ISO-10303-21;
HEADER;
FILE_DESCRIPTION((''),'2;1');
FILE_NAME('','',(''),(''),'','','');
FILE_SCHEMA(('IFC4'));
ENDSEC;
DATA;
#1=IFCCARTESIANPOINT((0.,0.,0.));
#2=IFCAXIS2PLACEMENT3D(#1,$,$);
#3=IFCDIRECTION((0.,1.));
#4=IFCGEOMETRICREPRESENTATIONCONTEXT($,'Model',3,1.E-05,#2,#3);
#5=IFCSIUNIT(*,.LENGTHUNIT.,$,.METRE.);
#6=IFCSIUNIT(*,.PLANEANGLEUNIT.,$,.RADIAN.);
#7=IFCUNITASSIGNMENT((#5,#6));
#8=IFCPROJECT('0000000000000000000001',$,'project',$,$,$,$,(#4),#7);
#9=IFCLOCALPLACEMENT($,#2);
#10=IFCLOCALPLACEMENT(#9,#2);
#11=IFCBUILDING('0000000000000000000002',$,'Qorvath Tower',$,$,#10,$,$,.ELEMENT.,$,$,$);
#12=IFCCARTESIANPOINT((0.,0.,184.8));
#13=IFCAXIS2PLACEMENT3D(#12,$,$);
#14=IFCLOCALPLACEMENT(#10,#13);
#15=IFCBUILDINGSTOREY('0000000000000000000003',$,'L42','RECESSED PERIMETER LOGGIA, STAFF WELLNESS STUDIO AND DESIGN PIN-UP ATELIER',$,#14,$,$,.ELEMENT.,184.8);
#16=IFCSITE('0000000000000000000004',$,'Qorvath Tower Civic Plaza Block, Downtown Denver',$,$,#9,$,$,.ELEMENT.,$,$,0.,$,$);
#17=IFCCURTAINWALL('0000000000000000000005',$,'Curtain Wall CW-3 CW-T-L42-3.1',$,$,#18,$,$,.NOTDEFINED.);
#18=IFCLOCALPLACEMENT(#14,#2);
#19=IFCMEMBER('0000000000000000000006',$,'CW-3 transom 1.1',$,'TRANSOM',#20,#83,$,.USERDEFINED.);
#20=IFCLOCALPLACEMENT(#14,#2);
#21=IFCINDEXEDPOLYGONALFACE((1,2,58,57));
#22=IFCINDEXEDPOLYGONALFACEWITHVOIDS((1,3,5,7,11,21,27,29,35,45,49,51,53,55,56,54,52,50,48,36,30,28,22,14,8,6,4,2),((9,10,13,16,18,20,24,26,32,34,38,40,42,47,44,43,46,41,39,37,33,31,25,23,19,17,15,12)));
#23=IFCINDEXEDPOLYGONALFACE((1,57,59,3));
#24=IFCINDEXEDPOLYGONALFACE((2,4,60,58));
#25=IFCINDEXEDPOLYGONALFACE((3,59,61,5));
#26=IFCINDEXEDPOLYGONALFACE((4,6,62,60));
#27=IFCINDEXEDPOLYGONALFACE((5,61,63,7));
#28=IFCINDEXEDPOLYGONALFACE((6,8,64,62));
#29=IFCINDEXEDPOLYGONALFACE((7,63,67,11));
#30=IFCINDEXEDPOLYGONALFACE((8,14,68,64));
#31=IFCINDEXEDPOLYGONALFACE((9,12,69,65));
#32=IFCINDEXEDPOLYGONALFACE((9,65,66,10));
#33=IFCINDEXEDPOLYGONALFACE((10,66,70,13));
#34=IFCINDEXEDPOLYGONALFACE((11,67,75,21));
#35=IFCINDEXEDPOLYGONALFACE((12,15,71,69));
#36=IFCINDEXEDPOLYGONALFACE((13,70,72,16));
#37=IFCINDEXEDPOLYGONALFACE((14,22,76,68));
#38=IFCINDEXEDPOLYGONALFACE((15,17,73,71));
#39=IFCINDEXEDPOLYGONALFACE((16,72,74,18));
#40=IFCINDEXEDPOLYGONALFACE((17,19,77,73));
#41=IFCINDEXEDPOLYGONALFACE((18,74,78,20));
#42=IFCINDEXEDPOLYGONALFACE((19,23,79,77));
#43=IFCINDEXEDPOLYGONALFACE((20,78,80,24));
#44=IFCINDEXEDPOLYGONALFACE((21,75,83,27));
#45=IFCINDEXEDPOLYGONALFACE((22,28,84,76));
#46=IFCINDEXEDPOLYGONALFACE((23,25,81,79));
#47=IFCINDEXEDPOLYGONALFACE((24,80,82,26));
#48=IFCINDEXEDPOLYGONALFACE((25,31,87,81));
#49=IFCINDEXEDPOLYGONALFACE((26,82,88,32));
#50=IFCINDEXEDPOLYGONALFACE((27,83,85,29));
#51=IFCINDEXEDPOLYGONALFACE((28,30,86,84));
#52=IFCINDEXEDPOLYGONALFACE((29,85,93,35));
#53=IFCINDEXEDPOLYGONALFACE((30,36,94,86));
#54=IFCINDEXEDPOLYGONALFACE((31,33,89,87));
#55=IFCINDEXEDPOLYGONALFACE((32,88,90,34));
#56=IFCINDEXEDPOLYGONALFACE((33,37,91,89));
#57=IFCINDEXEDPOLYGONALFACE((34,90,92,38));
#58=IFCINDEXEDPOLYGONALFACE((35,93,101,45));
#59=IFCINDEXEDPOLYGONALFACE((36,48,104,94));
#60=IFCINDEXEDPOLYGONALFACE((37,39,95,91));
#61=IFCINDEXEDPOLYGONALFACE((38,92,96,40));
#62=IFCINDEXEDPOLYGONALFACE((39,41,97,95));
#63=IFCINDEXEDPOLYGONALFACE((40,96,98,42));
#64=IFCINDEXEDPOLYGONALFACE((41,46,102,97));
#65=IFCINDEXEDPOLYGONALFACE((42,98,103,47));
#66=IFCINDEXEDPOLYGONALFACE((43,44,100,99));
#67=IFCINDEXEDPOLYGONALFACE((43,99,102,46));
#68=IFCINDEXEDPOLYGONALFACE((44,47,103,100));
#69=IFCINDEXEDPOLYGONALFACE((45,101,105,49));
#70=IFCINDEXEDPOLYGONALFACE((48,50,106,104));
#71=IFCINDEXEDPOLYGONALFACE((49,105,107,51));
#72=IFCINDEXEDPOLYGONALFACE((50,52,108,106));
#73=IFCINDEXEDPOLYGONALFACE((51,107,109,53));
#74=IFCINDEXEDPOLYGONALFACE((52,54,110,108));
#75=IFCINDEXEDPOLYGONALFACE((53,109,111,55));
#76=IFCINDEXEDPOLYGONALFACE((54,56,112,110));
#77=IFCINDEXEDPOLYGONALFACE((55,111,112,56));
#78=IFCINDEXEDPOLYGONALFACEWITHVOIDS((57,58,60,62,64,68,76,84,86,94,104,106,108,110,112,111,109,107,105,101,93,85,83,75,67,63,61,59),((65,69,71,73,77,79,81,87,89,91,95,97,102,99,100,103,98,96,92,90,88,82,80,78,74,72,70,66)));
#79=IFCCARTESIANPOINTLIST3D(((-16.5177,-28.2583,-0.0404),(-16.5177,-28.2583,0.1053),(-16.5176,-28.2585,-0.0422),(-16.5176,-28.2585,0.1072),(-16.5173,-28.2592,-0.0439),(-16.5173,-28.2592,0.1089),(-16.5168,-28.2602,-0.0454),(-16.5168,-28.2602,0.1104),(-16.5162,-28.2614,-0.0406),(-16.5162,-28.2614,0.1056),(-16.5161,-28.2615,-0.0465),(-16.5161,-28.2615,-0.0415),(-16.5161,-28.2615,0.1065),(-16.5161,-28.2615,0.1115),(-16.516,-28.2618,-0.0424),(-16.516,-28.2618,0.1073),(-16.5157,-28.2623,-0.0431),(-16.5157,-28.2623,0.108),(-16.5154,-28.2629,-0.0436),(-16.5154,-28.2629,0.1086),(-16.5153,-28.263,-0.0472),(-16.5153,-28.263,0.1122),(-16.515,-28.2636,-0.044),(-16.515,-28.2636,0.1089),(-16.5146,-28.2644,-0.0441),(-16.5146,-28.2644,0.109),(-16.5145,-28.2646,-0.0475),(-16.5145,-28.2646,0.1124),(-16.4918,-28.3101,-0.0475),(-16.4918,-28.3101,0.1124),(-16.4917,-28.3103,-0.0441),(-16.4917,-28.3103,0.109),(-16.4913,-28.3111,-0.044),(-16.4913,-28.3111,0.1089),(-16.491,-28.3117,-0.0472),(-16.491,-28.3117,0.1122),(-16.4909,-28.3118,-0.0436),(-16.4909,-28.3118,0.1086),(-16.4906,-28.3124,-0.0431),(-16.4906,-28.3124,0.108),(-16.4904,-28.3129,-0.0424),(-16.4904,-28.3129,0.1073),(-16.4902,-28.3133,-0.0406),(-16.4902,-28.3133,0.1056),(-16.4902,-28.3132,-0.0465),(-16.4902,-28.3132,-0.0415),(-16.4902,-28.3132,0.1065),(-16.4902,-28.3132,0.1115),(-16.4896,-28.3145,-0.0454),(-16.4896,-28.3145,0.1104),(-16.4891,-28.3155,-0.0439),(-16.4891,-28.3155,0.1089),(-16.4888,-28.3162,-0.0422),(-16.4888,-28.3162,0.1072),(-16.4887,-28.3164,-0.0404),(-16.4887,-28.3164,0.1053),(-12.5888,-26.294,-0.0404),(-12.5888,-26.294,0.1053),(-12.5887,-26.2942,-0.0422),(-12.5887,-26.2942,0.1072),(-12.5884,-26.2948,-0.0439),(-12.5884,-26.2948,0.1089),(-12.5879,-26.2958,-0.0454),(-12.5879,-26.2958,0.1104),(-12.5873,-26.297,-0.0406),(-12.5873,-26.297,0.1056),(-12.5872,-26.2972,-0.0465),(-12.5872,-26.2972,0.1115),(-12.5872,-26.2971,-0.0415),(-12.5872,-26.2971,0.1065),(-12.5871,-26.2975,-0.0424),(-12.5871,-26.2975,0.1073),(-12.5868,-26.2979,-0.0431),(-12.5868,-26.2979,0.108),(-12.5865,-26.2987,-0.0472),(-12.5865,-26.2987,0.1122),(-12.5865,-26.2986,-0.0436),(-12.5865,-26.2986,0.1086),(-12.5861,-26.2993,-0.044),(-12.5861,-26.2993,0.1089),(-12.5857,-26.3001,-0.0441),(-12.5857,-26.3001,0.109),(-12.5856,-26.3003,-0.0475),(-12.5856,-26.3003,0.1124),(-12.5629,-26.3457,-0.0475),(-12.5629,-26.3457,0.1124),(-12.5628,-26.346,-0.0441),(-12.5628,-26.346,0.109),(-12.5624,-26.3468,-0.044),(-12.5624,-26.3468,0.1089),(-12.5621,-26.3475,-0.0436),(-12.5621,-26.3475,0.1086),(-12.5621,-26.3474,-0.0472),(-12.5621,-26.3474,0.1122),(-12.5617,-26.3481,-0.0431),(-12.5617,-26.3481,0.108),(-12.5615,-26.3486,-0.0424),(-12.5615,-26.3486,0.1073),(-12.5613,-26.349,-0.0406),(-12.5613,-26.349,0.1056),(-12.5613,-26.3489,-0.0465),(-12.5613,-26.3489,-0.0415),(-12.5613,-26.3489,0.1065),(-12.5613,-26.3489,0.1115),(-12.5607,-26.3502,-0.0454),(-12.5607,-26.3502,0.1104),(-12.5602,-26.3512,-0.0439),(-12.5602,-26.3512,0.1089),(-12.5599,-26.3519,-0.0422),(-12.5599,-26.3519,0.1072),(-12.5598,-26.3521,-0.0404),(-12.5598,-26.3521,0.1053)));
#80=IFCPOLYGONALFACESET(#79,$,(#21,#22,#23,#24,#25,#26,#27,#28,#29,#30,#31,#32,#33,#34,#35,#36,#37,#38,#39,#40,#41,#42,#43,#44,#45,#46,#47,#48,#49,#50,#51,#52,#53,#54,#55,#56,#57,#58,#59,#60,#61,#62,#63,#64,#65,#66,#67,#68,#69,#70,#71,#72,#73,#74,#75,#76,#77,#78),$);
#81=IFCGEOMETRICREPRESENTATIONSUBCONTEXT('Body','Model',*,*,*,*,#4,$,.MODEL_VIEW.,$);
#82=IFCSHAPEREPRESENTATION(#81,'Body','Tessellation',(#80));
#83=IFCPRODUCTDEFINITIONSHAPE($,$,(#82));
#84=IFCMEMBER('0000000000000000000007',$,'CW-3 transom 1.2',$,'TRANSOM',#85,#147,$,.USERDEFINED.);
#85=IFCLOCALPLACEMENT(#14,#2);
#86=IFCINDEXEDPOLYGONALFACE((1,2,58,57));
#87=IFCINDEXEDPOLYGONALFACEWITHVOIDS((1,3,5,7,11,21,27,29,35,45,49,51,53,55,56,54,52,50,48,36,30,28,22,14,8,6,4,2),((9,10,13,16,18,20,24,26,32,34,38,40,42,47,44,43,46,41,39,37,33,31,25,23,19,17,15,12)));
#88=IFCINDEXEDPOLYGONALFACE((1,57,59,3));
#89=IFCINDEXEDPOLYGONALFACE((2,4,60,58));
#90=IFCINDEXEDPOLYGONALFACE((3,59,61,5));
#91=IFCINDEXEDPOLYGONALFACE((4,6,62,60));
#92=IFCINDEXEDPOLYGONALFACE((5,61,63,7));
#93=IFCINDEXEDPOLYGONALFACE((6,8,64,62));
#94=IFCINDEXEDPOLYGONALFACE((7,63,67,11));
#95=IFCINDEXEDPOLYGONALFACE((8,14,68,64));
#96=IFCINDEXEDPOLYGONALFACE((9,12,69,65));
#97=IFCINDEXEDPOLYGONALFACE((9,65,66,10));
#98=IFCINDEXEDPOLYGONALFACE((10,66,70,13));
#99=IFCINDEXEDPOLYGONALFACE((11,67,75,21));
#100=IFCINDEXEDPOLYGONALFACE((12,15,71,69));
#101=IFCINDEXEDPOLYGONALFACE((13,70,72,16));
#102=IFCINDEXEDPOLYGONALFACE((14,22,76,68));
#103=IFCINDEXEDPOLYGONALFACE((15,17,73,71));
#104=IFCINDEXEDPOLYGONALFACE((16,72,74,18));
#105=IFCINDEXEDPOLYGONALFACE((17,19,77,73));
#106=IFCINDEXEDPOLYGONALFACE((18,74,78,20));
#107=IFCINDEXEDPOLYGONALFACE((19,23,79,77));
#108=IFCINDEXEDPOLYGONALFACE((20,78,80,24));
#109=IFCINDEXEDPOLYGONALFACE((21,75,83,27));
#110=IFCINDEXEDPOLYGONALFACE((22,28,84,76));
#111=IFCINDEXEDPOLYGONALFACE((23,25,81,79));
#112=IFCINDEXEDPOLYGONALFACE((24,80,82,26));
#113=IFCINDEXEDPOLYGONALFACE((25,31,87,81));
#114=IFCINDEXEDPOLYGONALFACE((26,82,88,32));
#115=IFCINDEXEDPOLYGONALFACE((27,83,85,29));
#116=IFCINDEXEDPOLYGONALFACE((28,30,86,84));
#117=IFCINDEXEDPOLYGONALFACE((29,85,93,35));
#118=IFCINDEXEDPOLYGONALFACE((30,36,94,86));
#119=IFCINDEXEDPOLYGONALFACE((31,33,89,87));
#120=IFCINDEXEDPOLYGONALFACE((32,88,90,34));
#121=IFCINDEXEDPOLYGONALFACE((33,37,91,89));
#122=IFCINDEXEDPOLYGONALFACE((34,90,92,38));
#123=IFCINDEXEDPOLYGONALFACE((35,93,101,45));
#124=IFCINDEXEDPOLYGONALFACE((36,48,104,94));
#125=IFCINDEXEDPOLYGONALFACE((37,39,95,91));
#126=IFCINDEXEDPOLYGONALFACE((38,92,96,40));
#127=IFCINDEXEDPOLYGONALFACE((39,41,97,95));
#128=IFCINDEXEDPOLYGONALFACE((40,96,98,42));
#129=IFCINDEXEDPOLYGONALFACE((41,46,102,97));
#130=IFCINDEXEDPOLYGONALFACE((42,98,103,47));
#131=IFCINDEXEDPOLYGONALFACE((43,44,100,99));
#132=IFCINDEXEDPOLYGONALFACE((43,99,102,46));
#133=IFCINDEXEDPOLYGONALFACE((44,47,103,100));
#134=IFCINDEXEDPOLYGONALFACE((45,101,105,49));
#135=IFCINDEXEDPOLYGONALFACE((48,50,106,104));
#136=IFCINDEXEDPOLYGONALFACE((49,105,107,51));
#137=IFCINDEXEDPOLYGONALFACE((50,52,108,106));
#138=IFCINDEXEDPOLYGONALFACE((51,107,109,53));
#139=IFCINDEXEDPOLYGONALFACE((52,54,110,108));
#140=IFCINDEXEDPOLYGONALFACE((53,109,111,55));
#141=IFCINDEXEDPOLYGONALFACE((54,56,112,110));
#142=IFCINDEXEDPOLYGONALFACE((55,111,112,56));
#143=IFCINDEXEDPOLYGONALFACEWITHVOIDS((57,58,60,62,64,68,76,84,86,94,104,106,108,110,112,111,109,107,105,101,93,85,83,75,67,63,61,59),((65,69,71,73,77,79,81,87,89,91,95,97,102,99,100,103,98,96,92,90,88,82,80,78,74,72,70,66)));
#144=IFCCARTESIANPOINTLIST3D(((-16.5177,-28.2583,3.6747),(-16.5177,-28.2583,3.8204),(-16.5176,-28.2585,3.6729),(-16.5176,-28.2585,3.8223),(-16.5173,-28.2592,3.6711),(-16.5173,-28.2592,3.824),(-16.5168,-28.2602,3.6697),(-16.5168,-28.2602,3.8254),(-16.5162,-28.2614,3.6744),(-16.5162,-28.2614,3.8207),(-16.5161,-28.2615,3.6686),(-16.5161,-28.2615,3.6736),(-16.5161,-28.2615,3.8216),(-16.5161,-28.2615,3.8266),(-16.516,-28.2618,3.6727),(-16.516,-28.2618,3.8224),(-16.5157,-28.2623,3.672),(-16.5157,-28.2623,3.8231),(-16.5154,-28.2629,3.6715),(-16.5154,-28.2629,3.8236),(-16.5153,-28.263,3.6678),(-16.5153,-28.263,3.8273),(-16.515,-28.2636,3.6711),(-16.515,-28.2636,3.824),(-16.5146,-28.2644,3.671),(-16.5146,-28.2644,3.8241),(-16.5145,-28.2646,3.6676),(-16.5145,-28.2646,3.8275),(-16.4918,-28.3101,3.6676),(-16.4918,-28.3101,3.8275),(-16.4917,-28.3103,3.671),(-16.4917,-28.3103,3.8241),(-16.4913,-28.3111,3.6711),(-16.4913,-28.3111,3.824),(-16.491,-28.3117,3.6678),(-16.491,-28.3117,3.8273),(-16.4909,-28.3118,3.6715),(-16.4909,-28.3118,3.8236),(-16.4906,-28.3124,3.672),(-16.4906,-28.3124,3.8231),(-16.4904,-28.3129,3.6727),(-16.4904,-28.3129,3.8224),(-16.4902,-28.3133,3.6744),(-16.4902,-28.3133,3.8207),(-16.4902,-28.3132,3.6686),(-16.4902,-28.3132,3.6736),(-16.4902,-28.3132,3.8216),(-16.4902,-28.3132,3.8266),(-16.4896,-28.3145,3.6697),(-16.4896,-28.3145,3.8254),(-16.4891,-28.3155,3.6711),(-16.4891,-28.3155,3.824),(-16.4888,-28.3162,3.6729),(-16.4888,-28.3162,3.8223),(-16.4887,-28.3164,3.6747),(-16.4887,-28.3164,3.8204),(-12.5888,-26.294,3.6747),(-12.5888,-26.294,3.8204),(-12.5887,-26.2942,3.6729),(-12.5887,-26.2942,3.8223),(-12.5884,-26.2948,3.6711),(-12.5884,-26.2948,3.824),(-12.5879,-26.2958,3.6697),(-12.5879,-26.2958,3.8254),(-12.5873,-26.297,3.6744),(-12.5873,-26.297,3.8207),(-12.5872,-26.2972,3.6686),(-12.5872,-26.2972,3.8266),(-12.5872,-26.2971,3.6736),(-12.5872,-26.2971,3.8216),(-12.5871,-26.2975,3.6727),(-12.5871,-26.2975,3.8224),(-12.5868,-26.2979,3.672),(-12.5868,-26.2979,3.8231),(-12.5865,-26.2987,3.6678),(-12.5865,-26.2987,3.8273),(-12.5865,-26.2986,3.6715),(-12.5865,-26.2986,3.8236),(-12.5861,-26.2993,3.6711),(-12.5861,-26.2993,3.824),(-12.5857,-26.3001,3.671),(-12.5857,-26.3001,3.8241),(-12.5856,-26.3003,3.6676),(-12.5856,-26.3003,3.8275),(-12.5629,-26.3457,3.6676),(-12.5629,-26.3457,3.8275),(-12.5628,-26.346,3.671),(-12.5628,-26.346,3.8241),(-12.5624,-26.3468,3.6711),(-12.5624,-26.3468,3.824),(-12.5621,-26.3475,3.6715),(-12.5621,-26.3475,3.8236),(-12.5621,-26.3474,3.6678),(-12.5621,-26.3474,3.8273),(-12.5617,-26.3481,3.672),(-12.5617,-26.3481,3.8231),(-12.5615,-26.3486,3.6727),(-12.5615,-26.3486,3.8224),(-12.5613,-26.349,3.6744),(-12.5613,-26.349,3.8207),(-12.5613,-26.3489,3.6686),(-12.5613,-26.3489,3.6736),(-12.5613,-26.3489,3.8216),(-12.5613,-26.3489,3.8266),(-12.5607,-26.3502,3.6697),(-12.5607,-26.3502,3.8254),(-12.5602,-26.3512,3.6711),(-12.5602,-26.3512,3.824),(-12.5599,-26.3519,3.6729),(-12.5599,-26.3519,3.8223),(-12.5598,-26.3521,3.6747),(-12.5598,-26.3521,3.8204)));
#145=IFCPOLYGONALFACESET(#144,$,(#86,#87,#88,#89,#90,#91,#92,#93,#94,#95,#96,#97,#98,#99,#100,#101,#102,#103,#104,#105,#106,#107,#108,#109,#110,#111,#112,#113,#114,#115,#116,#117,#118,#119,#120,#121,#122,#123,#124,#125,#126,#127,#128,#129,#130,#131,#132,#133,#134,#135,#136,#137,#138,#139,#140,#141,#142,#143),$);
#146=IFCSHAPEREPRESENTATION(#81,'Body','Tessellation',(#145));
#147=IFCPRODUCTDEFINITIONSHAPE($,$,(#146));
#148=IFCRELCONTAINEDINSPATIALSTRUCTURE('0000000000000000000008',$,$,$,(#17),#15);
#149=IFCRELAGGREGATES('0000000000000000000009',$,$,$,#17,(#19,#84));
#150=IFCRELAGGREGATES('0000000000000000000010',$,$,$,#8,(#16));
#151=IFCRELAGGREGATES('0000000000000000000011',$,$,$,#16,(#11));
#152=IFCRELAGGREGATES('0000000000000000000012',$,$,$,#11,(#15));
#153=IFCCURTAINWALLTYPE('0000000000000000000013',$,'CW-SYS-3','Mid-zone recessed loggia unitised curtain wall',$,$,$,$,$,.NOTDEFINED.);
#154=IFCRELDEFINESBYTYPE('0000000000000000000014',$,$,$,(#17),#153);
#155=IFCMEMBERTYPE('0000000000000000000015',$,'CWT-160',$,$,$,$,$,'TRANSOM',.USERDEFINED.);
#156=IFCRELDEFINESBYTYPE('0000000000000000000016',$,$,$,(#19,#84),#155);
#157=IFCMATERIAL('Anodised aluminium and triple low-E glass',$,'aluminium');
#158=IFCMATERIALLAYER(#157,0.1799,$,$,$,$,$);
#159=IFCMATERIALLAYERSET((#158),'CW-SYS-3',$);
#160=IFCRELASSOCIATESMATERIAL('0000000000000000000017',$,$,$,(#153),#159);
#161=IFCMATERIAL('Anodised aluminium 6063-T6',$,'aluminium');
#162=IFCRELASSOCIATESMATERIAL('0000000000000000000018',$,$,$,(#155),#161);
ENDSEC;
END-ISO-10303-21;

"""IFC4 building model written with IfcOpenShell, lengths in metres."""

from ifc_helpers import new_model, si_unit, direction, frame, origin, origin_2d, place, context, subcontext, project, spatial, hollow_rectangle, extrude, material, layer, layer_set, material_profile, profile_set, type_object, element, aggregate, save


model = new_model("IFC4")

# Units and contexts
model_context = context("Model", 3, precision=1e-05, world=origin(), true_north=direction((0.0, 1.0)))
body_context = subcontext(model_context, "Body", "Model", "MODEL_VIEW")
ifc_project = project(units=[si_unit("LENGTHUNIT", "METRE"), si_unit("PLANEANGLEUNIT", "RADIAN")], contexts=[model_context])

# Site, building, storey
site_placement = place(None, origin())
site = spatial("IfcSite", under=ifc_project, at=site_placement, Name="Qorvath Tower Civic Plaza Block, Downtown Denver", CompositionType="ELEMENT", RefElevation=0.0)
building_placement = place(site_placement, origin())
building = spatial("IfcBuilding", under=site, at=building_placement, Name="Qorvath Tower", CompositionType="ELEMENT")
storey_placement = place(building_placement, frame((0.0, 0.0, 184.8)))
storey = spatial("IfcBuildingStorey", under=building, at=storey_placement, Name="L42", Description="RECESSED PERIMETER LOGGIA, STAFF WELLNESS STUDIO AND DESIGN PIN-UP ATELIER", CompositionType="ELEMENT", Elevation=184.8)

# Shared definitions
ifc_material_1 = material(Name="Anodised aluminium and triple low-E glass", Category="aluminium")
ifc_layer_1 = layer(ifc_material_1, 0.1799)
ifc_layer_set_1 = layer_set([ifc_layer_1], Name="CW-SYS-3")
curtain_wall_type = type_object("IfcCurtainWallType", Name="CW-SYS-3", Description="Mid-zone recessed loggia unitised curtain wall", PredefinedType="NOTDEFINED", material=ifc_layer_set_1)

# Curtain wall
curtain_wall_1_placement = place(storey_placement, origin())
curtain_wall_1 = element("IfcCurtainWall", 1, at=curtain_wall_1_placement, inside=storey, type_object=curtain_wall_type, Name="Curtain Wall CW-3 CW-T-L42-3.1", PredefinedType="NOTDEFINED")

# Members
ifc_material_2 = material(Name="Anodised aluminium 6063-T6", Category="aluminium")
ifc_material_profile_1 = material_profile(ifc_material_2, hollow_rectangle(XDim=0.0649, YDim=0.1599, WallThickness=0.0034, InnerFilletRadius=0.0034, OuterFilletRadius=0.0071, at=origin_2d()), Name="CWT 160x65")
ifc_profile_set_1 = profile_set([ifc_material_profile_1], Name="Anodised aluminium 6063-T6")
member_type_1 = type_object("IfcMemberType", Name="CWT-160", ElementType="TRANSOM", PredefinedType="USERDEFINED", material=ifc_profile_set_1)
member_1_placement = place(storey_placement, frame((-16.5032, -28.2874, 0.0325), z_axis=(0.894438, 0.447191, 0.0), x_axis=(-0.447191, 0.894438, 0.0)))
member_1 = element("IfcMember", 2, at=member_1_placement, type_object=member_type_1, Name="CW-3 transom 1.1", ObjectType="TRANSOM", PredefinedType="USERDEFINED", context=body_context, shape_type="SweptSolid", body=[
    extrude(hollow_rectangle(XDim=0.0649, YDim=0.1599, WallThickness=0.0034, InnerFilletRadius=0.0034, OuterFilletRadius=0.0071, at=origin_2d()), origin(), (0.0, 0.0, 1.0), 4.3926),
])
member_2_placement = place(storey_placement, frame((-16.5032, -28.2874, 3.7476), z_axis=(0.894438, 0.447191, 0.0), x_axis=(-0.447191, 0.894438, 0.0)))
member_2 = element("IfcMember", 3, at=member_2_placement, type_object=member_type_1, Name="CW-3 transom 1.2", ObjectType="TRANSOM", PredefinedType="USERDEFINED", context=body_context, shape_type="SweptSolid", body=[
    extrude(hollow_rectangle(XDim=0.0649, YDim=0.1599, WallThickness=0.0034, InnerFilletRadius=0.0034, OuterFilletRadius=0.0071, at=origin_2d()), origin(), (0.0, 0.0, 1.0), 4.3926),
])

aggregate(curtain_wall_1, [member_1, member_2])

save(model, "model.ifc")
